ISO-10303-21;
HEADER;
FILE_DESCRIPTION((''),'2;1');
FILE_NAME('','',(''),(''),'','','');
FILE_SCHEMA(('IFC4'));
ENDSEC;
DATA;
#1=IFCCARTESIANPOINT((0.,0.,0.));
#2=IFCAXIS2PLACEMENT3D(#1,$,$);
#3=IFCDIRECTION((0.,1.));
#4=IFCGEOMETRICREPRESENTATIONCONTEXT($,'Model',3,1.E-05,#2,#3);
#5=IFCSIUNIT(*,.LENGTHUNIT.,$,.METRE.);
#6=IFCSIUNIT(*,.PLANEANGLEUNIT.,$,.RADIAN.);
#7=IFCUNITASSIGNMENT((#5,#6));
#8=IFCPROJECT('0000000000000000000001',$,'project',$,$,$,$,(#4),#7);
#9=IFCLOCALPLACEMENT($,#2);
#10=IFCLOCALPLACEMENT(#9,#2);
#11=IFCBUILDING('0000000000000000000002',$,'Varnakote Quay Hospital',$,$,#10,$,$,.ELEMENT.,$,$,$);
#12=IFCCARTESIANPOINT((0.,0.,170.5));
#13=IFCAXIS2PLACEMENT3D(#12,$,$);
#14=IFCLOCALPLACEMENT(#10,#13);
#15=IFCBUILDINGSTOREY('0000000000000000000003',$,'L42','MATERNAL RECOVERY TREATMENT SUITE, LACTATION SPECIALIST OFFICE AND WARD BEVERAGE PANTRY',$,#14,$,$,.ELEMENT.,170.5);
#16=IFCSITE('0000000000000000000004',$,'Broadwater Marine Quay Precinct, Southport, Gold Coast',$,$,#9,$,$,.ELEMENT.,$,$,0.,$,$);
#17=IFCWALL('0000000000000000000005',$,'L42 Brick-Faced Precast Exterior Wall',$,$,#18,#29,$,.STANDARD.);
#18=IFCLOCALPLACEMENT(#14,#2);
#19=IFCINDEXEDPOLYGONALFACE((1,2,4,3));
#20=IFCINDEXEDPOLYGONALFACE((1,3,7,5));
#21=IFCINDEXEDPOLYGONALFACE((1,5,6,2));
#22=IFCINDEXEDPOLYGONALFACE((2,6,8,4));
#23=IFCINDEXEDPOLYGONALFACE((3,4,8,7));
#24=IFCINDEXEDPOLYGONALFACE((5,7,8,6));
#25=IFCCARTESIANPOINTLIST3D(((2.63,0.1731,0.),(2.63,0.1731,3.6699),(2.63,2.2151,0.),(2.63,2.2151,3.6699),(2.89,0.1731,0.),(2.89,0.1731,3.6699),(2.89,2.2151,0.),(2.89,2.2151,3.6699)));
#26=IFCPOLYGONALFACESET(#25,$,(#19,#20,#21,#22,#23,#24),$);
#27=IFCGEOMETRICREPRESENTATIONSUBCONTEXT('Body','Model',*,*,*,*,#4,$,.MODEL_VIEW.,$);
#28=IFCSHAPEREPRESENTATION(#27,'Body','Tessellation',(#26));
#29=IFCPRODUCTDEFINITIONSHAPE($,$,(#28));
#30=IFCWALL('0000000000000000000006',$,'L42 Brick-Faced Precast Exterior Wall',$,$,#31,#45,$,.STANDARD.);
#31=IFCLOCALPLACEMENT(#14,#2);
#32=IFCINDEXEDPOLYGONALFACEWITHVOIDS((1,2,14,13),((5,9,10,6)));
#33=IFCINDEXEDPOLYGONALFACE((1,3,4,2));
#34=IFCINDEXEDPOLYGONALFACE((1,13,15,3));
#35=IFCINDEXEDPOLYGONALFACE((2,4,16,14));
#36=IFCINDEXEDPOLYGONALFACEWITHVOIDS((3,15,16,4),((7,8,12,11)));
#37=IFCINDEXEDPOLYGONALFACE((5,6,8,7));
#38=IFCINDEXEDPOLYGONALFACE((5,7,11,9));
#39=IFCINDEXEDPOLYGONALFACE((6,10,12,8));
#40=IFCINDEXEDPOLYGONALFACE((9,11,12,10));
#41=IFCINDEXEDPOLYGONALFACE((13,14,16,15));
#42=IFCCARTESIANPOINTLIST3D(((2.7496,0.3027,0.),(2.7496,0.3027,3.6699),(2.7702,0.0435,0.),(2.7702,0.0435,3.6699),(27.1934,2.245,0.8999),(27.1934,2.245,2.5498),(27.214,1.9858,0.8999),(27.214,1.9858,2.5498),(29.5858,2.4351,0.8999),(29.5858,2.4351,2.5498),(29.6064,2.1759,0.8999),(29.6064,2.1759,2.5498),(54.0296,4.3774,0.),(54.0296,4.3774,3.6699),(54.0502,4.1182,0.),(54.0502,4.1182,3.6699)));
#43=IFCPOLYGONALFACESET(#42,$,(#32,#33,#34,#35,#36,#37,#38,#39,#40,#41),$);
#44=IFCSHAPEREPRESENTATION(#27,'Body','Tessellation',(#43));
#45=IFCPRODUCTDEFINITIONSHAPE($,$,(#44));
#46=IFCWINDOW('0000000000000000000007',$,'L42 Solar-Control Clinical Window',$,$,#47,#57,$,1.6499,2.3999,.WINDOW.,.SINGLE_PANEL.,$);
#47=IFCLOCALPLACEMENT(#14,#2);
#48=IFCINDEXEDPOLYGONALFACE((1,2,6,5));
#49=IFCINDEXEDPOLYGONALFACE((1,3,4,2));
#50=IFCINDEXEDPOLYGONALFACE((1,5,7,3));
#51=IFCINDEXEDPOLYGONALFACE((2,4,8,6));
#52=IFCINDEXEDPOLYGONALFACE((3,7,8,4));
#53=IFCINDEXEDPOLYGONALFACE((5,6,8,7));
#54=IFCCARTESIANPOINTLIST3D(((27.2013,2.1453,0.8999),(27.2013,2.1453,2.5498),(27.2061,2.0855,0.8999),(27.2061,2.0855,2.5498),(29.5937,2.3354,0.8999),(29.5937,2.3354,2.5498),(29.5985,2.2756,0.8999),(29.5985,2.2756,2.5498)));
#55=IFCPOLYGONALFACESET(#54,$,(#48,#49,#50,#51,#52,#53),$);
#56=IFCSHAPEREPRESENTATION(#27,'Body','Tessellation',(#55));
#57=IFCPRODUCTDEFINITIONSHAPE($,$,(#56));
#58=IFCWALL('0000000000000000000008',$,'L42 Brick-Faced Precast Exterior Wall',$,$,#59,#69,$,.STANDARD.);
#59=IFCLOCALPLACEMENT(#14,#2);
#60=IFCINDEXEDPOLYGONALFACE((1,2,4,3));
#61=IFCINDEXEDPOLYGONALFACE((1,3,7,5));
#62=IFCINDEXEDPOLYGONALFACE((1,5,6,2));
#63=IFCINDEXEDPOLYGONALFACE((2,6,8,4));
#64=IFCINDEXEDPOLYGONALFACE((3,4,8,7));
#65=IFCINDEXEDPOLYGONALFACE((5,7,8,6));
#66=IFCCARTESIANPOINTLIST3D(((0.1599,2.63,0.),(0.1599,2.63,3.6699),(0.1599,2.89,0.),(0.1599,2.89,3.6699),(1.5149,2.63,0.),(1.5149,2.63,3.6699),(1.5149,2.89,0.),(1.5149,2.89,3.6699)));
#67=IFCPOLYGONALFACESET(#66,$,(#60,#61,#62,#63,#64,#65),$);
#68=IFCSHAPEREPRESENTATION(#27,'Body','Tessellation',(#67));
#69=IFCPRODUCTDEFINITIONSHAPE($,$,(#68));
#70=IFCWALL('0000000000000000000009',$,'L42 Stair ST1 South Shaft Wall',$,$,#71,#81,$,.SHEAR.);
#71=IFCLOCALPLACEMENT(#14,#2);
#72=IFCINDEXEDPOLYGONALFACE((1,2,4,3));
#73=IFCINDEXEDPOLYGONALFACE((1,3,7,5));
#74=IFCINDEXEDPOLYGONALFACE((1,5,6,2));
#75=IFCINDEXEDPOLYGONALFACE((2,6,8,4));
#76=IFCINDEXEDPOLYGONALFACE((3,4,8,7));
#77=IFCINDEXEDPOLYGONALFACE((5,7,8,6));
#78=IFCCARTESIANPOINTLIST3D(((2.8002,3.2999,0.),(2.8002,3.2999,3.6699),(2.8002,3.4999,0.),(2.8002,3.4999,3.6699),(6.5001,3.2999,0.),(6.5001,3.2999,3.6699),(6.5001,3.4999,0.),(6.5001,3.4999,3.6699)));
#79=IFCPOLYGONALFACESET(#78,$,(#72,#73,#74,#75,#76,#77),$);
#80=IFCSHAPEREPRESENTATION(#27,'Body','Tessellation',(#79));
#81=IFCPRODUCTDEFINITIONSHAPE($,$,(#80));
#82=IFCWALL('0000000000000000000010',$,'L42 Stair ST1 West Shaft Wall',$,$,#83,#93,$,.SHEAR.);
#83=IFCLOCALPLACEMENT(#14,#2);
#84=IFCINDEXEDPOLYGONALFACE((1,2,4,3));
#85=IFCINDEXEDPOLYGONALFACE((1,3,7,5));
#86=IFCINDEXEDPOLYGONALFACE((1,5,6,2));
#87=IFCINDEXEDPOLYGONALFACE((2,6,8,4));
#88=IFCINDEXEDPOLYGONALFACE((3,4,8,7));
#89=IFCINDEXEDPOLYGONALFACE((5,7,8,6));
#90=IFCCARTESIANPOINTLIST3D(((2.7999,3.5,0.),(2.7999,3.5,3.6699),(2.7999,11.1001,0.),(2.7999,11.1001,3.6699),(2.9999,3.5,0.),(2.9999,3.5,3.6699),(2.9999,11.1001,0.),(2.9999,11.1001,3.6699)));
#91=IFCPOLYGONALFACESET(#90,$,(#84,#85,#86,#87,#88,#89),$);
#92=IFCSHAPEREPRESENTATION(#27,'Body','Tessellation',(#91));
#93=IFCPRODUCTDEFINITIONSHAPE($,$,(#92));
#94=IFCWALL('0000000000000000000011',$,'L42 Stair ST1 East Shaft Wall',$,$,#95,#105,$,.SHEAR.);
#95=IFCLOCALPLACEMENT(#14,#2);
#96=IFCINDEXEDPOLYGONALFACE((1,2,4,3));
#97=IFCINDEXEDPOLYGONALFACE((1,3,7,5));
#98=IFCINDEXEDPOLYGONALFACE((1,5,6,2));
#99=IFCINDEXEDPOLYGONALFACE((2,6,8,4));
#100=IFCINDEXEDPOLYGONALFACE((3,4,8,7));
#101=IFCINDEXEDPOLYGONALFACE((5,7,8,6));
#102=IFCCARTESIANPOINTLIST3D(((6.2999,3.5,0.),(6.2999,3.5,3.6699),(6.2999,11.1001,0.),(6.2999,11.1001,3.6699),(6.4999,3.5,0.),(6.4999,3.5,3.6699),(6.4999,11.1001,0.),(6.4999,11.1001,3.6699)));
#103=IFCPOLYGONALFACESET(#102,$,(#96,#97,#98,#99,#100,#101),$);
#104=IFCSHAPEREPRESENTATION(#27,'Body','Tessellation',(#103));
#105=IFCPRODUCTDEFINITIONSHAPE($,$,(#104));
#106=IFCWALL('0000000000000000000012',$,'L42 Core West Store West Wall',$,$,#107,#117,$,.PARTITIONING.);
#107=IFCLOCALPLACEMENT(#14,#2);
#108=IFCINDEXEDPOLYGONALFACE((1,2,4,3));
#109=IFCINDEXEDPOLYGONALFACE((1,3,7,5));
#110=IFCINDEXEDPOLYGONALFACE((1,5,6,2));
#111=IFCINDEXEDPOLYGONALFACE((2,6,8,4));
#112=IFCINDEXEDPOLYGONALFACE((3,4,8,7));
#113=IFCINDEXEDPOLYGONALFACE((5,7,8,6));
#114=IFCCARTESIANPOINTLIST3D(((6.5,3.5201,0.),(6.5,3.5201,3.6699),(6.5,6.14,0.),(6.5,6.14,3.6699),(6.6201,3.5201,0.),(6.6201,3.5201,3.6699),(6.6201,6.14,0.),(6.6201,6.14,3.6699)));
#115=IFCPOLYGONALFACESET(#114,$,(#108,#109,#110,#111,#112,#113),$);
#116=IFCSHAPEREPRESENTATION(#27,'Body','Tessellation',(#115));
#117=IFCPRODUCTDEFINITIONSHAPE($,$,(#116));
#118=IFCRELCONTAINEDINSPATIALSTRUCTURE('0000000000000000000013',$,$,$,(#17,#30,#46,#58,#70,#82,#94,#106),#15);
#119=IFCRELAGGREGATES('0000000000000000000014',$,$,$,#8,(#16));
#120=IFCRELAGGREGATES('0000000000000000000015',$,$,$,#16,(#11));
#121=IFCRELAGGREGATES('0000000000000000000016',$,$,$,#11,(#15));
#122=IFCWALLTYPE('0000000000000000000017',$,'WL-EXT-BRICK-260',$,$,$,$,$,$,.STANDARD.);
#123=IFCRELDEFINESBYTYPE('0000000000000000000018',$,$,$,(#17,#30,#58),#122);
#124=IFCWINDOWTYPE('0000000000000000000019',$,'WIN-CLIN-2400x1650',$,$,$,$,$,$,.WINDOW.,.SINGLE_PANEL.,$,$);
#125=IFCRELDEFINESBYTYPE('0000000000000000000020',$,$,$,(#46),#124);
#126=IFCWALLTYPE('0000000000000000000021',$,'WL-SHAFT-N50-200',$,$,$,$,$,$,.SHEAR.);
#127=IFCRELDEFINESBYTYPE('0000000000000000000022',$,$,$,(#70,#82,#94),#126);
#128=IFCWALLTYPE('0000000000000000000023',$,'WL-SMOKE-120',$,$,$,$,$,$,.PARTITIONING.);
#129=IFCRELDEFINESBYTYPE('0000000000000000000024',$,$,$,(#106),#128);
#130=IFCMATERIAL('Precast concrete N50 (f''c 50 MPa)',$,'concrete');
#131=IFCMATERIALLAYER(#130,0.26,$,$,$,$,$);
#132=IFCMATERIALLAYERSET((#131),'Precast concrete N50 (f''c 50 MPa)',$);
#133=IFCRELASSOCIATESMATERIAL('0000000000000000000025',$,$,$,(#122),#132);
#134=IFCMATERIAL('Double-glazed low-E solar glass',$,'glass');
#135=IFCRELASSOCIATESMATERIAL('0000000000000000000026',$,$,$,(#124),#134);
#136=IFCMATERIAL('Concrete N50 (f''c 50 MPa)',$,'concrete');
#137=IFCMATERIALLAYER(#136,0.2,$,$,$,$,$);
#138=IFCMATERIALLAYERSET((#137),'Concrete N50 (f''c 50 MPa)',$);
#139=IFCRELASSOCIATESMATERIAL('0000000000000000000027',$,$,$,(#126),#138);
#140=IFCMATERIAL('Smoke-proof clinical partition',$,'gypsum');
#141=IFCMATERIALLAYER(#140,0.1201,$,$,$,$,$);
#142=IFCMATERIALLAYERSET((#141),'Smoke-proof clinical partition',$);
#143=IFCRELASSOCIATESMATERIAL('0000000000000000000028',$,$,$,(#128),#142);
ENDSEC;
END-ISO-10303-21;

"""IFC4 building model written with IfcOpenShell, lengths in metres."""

from ifc_helpers import new_model, si_unit, direction, frame, frame_2d, origin, place, context, subcontext, project, spatial, rectangle, extrude, material, layer, layer_set, type_object, element, fill, save


model = new_model("IFC4")

# Units and contexts
model_context = context("Model", 3, precision=1e-05, world=origin(), true_north=direction((0.0, 1.0)))
body_context = subcontext(model_context, "Body", "Model", "MODEL_VIEW")
ifc_project = project(units=[si_unit("LENGTHUNIT", "METRE"), si_unit("PLANEANGLEUNIT", "RADIAN")], contexts=[model_context])

# Site, building, storey
site_placement = place(None, origin())
site = spatial("IfcSite", under=ifc_project, at=site_placement, Name="Broadwater Marine Quay Precinct, Southport, Gold Coast", CompositionType="ELEMENT", RefElevation=0.0)
building_placement = place(site_placement, origin())
building = spatial("IfcBuilding", under=site, at=building_placement, Name="Varnakote Quay Hospital", CompositionType="ELEMENT")
storey_placement = place(building_placement, frame((0.0, 0.0, 170.5)))
storey = spatial("IfcBuildingStorey", under=building, at=storey_placement, Name="L42", Description="MATERNAL RECOVERY TREATMENT SUITE, LACTATION SPECIALIST OFFICE AND WARD BEVERAGE PANTRY", CompositionType="ELEMENT", Elevation=170.5)

# Wall
ifc_material_1 = material(Name="Precast concrete N50 (f'c 50 MPa)", Category="concrete")
ifc_layer_1 = layer(ifc_material_1, 0.26)
ifc_layer_set_1 = layer_set([ifc_layer_1], Name="Precast concrete N50 (f'c 50 MPa)")
wall_type_1 = type_object("IfcWallType", Name="WL-EXT-BRICK-260", PredefinedType="STANDARD", material=ifc_layer_set_1)
wall_1_placement = place(storey_placement, frame((2.76, 2.2151, 0.0), z_axis=(0.0, 0.0, 1.0), x_axis=(0.0, -1.0, 0.0)))
element("IfcWall", 1, at=wall_1_placement, inside=storey, type_object=wall_type_1, Name="L42 Brick-Faced Precast Exterior Wall", PredefinedType="STANDARD", context=body_context, shape_type="SweptSolid", body=[
    extrude(rectangle(XDim=2.042, YDim=0.26, at=frame_2d((1.021, 0.0))), origin(), (0.0, 0.0, 1.0), 3.6699),
])

# Wall, opening, window
wall_2_placement = place(storey_placement, frame((2.76, 0.1731, 0.0), z_axis=(0.0, 0.0, 1.0), x_axis=(0.996858, 0.07921, 0.0)))
wall_2 = element("IfcWall", 2, at=wall_2_placement, inside=storey, type_object=wall_type_1, Name="L42 Brick-Faced Precast Exterior Wall", PredefinedType="STANDARD", context=body_context, shape_type="SweptSolid", body=[
    extrude(rectangle(XDim=51.4417, YDim=0.26, at=frame_2d((25.7207, 0.0))), origin(), (0.0, 0.0, 1.0), 3.6699),
])
opening_placement = place(wall_2_placement, frame((24.5208, 0.0, 0.8999)))
opening = element("IfcOpeningElement", 3, at=opening_placement, cuts=wall_2, PredefinedType="OPENING", context=body_context, shape_type="SweptSolid", body=[
    extrude(rectangle(XDim=2.3999, YDim=1.6499, at=frame_2d((1.2, 0.825))), frame((0.0, 0.1399, 0.0), z_axis=(0.0, -1.0, 0.0), x_axis=(1.0, 0.0, 0.0)), (0.0, 0.0, 1.0), 0.28),
])
ifc_material_2 = material(Name="Double-glazed low-E solar glass", Category="glass")
window_type = type_object("IfcWindowType", Name="WIN-CLIN-2400x1650", PartitioningType="SINGLE_PANEL", PredefinedType="WINDOW", material=ifc_material_2)
window_placement = place(opening_placement, origin())
window = element("IfcWindow", 4, at=window_placement, inside=storey, type_object=window_type, Name="L42 Solar-Control Clinical Window", OverallHeight=1.6499, OverallWidth=2.3999, PartitioningType="SINGLE_PANEL", PredefinedType="WINDOW", context=body_context, shape_type="SweptSolid", body=[
    extrude(rectangle(XDim=2.3999, YDim=1.6499, at=frame_2d((1.2, 0.825))), frame((0.0, 0.03, 0.0), z_axis=(0.0, -1.0, 0.0), x_axis=(1.0, 0.0, 0.0)), (0.0, 0.0, 1.0), 0.0601),
])
fill(opening, window)

# Walls
wall_3_placement = place(storey_placement, frame((0.1599, 2.76, 0.0), z_axis=(0.0, 0.0, 1.0), x_axis=(1.0, 0.0, 0.0)))
element("IfcWall", 5, at=wall_3_placement, inside=storey, type_object=wall_type_1, Name="L42 Brick-Faced Precast Exterior Wall", PredefinedType="STANDARD", context=body_context, shape_type="SweptSolid", body=[
    extrude(rectangle(XDim=1.355, YDim=0.26, at=frame_2d((0.6775, 0.0))), origin(), (0.0, 0.0, 1.0), 3.6699),
])
ifc_material_3 = material(Name="Concrete N50 (f'c 50 MPa)", Category="concrete")
ifc_layer_2 = layer(ifc_material_3, 0.2)
ifc_layer_set_2 = layer_set([ifc_layer_2], Name="Concrete N50 (f'c 50 MPa)")
wall_type_2 = type_object("IfcWallType", Name="WL-SHAFT-N50-200", PredefinedType="SHEAR", material=ifc_layer_set_2)
wall_4_placement = place(storey_placement, frame((2.8, 3.3999, 0.0), z_axis=(0.0, 0.0, 1.0), x_axis=(1.0, 0.0, 0.0)))
element("IfcWall", 6, at=wall_4_placement, inside=storey, type_object=wall_type_2, Name="L42 Stair ST1 South Shaft Wall", PredefinedType="SHEAR", context=body_context, shape_type="SweptSolid", body=[
    extrude(rectangle(XDim=3.7, YDim=0.2, at=frame_2d((1.8501, 0.0))), origin(), (0.0, 0.0, 1.0), 3.6699),
])
for number, where, z_axis, x_axis, name in (
    (7, (2.8999, 3.5, 0.0), (0.0, 0.0, 1.0), (0.0, 1.0, 0.0), "L42 Stair ST1 West Shaft Wall"),
    (8, (6.3999, 3.5, 0.0), (0.0, 0.0, 1.0), (0.0, 1.0, 0.0), "L42 Stair ST1 East Shaft Wall"),
):
    element("IfcWall", number, at=place(storey_placement, frame(where, z_axis=z_axis, x_axis=x_axis)), inside=storey, type_object=wall_type_2, Name=name, PredefinedType="SHEAR", context=body_context, shape_type="SweptSolid", body=[
        extrude(rectangle(XDim=7.6001, YDim=0.2, at=frame_2d((3.8, 0.0))), origin(), (0.0, 0.0, 1.0), 3.6699),
    ])
ifc_material_4 = material(Name="Smoke-proof clinical partition", Category="gypsum")
ifc_layer_3 = layer(ifc_material_4, 0.1201)
ifc_layer_set_3 = layer_set([ifc_layer_3], Name="Smoke-proof clinical partition")
wall_type_3 = type_object("IfcWallType", Name="WL-SMOKE-120", PredefinedType="PARTITIONING", material=ifc_layer_set_3)
wall_5_placement = place(storey_placement, frame((6.5601, 3.52, 0.0), z_axis=(0.0, 0.0, 1.0), x_axis=(0.0, 1.0, 0.0)))
element("IfcWall", 9, at=wall_5_placement, inside=storey, type_object=wall_type_3, Name="L42 Core West Store West Wall", PredefinedType="PARTITIONING", context=body_context, shape_type="SweptSolid", body=[
    extrude(rectangle(XDim=2.6199, YDim=0.1201, at=frame_2d((1.3101, 0.0))), origin(), (0.0, 0.0, 1.0), 3.6699),
])

save(model, "model.ifc")
